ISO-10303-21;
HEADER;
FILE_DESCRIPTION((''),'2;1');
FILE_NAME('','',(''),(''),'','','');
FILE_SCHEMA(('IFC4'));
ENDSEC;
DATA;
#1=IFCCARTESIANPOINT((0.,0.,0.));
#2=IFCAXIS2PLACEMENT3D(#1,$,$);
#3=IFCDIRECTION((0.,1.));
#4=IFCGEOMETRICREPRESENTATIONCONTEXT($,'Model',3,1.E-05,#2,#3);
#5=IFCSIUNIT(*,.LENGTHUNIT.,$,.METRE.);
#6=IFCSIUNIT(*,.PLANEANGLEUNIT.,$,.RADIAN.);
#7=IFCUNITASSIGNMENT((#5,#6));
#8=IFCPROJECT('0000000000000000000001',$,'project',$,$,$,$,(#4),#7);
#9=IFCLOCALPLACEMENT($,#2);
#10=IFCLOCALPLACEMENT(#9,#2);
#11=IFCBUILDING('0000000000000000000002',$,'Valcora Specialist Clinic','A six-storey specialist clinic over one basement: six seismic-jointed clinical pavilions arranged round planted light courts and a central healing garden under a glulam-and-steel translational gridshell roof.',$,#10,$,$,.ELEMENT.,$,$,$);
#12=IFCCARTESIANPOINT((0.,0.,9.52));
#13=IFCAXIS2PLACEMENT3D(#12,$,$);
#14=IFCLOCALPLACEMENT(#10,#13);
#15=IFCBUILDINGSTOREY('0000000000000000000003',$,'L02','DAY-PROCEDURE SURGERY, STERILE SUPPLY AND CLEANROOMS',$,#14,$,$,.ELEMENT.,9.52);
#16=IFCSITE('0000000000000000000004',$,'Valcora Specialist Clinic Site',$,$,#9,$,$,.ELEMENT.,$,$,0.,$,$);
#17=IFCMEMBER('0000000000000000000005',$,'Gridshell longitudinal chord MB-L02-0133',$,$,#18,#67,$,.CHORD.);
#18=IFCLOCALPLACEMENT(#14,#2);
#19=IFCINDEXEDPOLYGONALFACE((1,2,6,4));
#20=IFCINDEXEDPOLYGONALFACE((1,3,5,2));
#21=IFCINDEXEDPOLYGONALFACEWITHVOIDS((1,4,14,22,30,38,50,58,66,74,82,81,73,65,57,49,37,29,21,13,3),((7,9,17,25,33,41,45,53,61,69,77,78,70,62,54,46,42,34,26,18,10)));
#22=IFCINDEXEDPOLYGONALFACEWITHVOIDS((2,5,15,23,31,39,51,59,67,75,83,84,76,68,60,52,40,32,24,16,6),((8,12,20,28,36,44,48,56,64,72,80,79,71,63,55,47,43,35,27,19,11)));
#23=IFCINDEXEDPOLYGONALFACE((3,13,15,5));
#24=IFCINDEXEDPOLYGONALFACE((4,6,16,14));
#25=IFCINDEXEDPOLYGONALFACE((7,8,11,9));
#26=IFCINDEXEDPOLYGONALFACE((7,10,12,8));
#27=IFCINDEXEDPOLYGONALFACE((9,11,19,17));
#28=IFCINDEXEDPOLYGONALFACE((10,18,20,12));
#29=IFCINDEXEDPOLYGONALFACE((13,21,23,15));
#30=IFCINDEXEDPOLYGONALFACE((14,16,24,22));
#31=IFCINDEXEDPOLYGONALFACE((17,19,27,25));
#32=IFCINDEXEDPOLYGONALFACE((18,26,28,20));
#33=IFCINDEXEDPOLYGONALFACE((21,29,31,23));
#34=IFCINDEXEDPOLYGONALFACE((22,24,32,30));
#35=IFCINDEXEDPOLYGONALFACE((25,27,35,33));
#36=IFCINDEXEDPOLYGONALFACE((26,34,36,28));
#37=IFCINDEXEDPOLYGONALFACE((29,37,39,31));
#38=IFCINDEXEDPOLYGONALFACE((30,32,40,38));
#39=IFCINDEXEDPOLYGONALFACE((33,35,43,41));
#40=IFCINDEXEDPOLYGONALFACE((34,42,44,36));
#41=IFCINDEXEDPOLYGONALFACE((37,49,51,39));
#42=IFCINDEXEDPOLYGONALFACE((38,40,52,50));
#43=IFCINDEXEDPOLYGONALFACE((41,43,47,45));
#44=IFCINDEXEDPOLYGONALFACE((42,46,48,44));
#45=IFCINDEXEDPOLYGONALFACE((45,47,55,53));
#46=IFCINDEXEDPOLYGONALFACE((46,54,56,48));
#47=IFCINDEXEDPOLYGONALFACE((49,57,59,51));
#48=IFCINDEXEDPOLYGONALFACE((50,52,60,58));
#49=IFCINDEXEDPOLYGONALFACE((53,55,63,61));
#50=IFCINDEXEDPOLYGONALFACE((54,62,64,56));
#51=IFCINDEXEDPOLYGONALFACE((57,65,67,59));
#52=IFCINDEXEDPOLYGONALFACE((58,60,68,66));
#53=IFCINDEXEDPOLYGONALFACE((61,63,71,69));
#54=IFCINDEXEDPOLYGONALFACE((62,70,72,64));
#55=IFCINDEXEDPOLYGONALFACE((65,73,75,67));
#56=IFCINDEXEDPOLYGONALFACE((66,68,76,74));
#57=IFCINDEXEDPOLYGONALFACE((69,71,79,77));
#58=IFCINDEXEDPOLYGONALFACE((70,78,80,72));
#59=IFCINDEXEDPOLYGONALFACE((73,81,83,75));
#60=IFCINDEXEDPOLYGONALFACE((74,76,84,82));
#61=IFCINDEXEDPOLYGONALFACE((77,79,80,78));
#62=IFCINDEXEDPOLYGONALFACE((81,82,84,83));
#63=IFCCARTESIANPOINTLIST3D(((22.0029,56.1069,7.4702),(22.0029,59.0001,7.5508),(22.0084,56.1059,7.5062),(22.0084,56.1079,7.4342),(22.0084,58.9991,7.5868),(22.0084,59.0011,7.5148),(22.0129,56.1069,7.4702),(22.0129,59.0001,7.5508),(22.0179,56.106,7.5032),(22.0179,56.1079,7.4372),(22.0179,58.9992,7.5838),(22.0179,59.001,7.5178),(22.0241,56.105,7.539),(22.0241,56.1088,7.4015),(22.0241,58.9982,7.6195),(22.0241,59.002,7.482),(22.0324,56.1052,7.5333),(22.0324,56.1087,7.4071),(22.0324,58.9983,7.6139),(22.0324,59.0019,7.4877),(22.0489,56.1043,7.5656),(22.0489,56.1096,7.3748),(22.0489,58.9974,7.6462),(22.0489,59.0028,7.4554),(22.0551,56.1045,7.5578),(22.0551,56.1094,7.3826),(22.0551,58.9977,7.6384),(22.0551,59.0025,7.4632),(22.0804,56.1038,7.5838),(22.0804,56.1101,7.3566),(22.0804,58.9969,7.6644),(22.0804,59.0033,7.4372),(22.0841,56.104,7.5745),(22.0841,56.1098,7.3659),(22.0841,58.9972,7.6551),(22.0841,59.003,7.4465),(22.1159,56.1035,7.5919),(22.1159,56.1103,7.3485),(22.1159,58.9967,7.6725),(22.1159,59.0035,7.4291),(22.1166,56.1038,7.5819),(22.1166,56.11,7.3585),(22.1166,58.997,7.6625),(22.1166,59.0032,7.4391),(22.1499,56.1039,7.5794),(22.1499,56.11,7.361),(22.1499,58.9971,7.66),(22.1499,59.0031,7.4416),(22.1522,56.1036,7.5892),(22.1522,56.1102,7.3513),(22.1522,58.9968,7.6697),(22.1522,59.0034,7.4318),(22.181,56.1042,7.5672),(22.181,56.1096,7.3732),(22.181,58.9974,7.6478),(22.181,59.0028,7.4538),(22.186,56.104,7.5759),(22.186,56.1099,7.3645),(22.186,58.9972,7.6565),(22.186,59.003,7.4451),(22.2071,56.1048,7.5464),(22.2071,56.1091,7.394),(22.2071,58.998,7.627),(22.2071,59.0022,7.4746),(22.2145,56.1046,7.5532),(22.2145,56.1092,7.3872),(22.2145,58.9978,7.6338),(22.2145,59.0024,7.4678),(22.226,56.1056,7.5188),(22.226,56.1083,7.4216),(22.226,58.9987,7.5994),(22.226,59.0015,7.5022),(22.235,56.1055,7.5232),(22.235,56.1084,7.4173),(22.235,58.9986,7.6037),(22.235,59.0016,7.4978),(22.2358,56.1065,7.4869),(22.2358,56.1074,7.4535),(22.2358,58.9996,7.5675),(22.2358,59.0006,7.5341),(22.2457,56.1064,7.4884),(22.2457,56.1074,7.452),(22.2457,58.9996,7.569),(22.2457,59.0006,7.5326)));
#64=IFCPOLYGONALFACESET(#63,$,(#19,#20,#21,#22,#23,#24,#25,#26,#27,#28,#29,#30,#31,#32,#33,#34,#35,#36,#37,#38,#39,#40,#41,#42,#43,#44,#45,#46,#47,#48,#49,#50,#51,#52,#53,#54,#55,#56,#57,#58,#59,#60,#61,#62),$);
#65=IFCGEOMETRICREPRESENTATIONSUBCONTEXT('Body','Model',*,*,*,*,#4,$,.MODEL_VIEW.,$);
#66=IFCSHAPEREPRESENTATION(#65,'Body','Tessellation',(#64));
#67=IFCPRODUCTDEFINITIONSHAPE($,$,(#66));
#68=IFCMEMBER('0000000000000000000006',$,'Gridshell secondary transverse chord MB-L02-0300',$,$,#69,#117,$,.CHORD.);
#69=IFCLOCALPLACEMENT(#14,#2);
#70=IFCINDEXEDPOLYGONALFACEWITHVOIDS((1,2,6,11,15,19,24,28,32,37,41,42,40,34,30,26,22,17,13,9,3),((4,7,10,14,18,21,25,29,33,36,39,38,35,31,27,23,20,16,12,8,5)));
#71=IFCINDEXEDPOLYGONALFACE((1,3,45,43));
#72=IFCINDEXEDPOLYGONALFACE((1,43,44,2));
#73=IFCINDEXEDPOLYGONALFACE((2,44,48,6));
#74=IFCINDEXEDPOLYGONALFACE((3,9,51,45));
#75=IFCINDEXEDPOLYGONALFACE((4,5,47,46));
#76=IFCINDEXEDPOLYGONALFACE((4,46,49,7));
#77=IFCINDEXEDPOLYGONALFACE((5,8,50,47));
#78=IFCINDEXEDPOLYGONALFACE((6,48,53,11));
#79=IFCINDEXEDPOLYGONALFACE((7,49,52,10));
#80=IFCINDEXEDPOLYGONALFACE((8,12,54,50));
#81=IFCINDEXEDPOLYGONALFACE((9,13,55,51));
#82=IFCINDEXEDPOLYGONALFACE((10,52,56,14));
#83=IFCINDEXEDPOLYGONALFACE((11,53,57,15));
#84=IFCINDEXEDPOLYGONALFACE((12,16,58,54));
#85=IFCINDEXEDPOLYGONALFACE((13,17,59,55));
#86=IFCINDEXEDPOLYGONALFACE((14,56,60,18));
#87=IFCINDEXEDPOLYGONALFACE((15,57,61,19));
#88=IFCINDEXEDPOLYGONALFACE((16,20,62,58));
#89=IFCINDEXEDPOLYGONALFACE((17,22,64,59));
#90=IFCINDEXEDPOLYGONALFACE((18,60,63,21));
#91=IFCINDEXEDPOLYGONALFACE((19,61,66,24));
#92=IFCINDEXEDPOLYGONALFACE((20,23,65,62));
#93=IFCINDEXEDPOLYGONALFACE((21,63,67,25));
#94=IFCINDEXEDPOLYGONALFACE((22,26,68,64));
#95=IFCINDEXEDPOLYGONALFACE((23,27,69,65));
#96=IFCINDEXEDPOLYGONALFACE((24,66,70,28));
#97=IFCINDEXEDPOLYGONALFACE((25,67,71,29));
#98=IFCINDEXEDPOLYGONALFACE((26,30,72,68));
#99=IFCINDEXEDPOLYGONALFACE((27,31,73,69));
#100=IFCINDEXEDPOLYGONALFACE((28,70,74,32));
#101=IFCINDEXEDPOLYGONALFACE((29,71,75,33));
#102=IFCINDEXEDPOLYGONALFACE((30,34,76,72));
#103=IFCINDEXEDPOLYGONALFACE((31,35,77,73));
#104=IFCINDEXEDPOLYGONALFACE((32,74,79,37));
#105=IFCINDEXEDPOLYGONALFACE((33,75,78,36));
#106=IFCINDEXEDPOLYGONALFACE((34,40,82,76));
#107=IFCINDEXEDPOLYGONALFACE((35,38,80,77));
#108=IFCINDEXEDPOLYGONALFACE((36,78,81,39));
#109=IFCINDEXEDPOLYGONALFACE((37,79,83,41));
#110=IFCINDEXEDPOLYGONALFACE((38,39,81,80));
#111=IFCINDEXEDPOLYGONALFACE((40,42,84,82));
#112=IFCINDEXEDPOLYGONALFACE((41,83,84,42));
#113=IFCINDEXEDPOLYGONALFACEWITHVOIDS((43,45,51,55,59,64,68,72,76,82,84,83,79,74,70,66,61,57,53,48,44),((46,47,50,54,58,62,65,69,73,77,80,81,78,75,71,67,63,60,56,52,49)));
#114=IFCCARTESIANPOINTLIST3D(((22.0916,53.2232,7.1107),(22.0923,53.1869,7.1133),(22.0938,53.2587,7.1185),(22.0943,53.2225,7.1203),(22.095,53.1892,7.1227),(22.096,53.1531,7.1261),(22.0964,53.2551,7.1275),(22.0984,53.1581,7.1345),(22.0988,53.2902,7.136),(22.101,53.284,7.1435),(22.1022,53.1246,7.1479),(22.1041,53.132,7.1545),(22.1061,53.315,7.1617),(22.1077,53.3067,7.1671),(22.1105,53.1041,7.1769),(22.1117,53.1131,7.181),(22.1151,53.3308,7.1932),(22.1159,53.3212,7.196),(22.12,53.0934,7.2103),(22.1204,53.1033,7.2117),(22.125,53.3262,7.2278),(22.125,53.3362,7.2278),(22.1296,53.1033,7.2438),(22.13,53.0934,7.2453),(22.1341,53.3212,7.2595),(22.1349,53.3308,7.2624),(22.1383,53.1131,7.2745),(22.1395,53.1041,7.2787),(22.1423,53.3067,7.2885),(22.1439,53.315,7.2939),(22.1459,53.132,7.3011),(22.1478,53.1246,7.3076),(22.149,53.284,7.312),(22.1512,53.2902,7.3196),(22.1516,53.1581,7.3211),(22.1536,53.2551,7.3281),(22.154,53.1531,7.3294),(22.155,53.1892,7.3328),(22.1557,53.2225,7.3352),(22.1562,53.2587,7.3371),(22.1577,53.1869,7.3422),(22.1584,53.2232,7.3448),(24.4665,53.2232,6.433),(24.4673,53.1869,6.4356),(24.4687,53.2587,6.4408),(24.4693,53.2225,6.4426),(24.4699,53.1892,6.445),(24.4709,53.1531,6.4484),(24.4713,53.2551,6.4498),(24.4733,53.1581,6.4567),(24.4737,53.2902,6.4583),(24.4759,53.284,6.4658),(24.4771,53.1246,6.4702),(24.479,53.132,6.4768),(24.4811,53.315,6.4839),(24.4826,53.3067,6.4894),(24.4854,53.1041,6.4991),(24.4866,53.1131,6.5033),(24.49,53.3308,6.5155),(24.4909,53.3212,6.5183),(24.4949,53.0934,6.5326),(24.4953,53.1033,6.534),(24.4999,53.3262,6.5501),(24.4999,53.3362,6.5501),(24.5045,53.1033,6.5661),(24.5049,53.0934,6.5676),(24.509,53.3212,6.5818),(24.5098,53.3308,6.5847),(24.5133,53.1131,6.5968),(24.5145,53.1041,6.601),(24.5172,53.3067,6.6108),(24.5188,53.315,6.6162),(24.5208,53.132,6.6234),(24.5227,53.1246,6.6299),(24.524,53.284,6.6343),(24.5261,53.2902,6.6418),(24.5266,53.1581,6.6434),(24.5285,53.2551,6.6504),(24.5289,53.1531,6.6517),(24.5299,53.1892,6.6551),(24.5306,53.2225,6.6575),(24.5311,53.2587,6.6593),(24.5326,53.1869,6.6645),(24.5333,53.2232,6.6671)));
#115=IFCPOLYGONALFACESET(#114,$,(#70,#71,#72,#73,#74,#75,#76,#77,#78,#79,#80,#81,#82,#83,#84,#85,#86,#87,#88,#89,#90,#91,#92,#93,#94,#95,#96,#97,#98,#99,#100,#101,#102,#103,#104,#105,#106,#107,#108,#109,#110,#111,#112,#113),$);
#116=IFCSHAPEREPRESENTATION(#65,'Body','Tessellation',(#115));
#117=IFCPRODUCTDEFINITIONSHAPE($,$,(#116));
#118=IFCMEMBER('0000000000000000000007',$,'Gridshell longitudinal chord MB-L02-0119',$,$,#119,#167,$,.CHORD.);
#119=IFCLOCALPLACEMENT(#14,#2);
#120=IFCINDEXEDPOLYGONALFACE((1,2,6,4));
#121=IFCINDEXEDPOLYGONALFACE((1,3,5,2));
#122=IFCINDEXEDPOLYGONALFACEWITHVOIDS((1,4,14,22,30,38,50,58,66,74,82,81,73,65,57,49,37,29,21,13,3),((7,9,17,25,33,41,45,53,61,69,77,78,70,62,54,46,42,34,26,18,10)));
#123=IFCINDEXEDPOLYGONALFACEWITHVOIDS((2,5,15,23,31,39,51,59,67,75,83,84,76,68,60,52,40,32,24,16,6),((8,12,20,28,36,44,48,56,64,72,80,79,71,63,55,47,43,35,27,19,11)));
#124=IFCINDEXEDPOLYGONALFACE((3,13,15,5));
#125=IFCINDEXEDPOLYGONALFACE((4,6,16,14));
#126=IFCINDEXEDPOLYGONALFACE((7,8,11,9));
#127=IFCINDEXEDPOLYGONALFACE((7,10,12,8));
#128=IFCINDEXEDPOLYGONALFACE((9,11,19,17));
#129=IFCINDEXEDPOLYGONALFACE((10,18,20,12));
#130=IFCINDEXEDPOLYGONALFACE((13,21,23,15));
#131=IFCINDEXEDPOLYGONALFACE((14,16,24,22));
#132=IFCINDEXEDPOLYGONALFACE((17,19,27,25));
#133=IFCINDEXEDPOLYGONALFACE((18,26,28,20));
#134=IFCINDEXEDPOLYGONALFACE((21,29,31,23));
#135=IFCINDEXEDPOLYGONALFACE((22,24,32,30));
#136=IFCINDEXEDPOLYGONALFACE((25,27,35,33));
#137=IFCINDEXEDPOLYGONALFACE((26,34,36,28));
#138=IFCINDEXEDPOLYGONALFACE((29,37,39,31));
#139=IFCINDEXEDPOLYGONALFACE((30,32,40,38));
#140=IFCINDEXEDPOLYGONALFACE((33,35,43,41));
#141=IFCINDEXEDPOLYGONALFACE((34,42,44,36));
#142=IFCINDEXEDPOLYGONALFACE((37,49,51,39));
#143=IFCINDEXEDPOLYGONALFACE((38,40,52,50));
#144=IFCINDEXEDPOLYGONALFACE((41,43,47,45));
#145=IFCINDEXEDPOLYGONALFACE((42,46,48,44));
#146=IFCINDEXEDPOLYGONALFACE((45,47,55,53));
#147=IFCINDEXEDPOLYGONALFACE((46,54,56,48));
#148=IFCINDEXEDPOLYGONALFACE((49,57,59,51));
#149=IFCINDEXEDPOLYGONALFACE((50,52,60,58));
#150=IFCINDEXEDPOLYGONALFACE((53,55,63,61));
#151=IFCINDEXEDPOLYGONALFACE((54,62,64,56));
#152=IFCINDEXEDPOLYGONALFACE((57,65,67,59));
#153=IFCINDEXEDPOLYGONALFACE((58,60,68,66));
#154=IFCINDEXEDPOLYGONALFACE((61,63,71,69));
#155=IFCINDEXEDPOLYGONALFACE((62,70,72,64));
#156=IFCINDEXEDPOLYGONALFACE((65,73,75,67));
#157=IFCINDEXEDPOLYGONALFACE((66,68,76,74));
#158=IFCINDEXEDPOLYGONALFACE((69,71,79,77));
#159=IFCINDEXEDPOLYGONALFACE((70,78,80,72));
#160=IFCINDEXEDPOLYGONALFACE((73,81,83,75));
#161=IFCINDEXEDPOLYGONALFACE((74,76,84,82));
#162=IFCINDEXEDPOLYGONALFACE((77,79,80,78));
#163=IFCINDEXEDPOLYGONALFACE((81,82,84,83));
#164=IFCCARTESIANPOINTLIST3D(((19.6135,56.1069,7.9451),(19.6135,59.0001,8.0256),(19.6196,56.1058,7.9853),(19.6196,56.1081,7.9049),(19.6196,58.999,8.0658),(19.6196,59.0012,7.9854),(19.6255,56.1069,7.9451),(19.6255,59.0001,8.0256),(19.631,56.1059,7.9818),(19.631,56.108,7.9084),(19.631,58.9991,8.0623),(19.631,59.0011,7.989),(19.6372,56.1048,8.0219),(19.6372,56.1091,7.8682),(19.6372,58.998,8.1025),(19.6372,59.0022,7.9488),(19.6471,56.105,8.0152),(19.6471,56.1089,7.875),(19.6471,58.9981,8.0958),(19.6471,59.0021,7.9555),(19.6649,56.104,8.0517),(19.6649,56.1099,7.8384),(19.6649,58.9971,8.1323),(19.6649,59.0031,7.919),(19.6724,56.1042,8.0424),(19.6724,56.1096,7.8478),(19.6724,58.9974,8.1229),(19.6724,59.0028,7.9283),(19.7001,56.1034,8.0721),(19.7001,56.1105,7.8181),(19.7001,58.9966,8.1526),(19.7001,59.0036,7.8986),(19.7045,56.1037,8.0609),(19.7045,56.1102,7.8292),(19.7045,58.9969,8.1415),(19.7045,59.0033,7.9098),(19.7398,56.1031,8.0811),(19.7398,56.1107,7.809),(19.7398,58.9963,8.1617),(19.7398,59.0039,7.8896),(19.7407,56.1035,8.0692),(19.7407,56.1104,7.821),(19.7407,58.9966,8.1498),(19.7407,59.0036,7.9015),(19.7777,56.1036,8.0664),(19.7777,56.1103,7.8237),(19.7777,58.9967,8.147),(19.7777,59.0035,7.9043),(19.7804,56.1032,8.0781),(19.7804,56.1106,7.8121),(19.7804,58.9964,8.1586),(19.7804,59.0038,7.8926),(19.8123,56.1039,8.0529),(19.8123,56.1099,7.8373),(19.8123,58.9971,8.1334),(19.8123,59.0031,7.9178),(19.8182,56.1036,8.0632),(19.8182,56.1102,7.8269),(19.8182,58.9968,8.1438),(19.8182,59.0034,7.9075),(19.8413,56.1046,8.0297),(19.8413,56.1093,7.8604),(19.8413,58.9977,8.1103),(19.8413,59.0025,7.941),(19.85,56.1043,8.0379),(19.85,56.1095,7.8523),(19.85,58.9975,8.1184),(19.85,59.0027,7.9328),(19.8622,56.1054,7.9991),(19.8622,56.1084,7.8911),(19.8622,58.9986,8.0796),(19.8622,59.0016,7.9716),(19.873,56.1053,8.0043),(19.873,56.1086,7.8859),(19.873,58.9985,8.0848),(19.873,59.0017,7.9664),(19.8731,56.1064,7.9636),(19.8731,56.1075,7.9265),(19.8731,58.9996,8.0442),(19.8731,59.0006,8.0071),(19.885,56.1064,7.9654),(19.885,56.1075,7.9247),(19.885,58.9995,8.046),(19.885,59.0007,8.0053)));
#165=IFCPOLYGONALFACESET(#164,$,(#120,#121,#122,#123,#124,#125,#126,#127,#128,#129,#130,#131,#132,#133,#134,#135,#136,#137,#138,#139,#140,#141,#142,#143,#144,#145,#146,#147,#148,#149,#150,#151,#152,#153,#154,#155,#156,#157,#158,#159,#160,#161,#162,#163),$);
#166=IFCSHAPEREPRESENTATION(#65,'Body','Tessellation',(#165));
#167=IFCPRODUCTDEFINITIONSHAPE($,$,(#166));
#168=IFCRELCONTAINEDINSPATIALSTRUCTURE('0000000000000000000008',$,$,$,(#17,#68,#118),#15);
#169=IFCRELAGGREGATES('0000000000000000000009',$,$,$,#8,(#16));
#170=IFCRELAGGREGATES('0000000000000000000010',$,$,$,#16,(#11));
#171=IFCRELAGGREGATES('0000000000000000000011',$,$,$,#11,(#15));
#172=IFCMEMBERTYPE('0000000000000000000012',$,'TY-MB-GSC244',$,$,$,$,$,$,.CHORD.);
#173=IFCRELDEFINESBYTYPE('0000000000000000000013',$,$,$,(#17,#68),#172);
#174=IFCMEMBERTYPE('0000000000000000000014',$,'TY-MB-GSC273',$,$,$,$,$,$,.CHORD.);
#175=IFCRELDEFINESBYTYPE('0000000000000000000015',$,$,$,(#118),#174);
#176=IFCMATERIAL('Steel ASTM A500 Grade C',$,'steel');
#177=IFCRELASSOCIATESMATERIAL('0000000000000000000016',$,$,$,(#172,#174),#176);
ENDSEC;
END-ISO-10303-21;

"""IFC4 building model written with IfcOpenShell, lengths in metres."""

from ifc_helpers import new_model, si_unit, direction, frame, origin, origin_2d, place, context, subcontext, project, spatial, hollow_circle, extrude, material, material_profile, profile_set, type_object, element, save


model = new_model("IFC4")

# Units and contexts
model_context = context("Model", 3, precision=1e-05, world=origin(), true_north=direction((0.0, 1.0)))
body_context = subcontext(model_context, "Body", "Model", "MODEL_VIEW")
ifc_project = project(units=[si_unit("LENGTHUNIT", "METRE"), si_unit("PLANEANGLEUNIT", "RADIAN")], contexts=[model_context])

# Site, building, storey
site_placement = place(None, origin())
site = spatial("IfcSite", under=ifc_project, at=site_placement, Name="Valcora Specialist Clinic Site", CompositionType="ELEMENT", RefElevation=0.0)
building_placement = place(site_placement, origin())
building = spatial("IfcBuilding", under=site, at=building_placement, Name="Valcora Specialist Clinic", Description="A six-storey specialist clinic over one basement: six seismic-jointed clinical pavilions arranged round planted light courts and a central healing garden under a glulam-and-steel translational gridshell roof.", CompositionType="ELEMENT")
storey_placement = place(building_placement, frame((0.0, 0.0, 9.52)))
storey = spatial("IfcBuildingStorey", under=building, at=storey_placement, Name="L02", Description="DAY-PROCEDURE SURGERY, STERILE SUPPLY AND CLEANROOMS", CompositionType="ELEMENT", Elevation=9.52)

# Members
ifc_material_1 = material(Name="Steel ASTM A500 Grade C", Category="steel")
ifc_material_profile_1 = material_profile(ifc_material_1, hollow_circle(Radius=0.1221, WallThickness=0.01, at=origin_2d()), Name="ST-CHS-244X10")
ifc_profile_set_1 = profile_set([ifc_material_profile_1], Name="Steel ASTM A500 Grade C")
member_type_1 = type_object("IfcMemberType", Name="TY-MB-GSC244", PredefinedType="CHORD", material=ifc_profile_set_1)
member_1_placement = place(storey_placement, frame((22.125, 56.1069, 7.4702), z_axis=(0.0, 0.999612, 0.027837), x_axis=(-1.0, 0.0, 0.0)))
element("IfcMember", 1, at=member_1_placement, inside=storey, type_object=member_type_1, Name="Gridshell longitudinal chord MB-L02-0133", PredefinedType="CHORD", context=body_context, shape_type="SweptSolid", body=[
    extrude(hollow_circle(Radius=0.1221, WallThickness=0.01, at=origin_2d()), origin(), (0.0, 0.0, 1.0), 2.8943),
])
member_2_placement = place(storey_placement, frame((22.125, 53.2141, 7.2278), z_axis=(0.961613, 0.0, -0.274408), x_axis=(0.0, 1.0, 0.0)))
element("IfcMember", 2, at=member_2_placement, inside=storey, type_object=member_type_1, Name="Gridshell secondary transverse chord MB-L02-0300", PredefinedType="CHORD", context=body_context, shape_type="SweptSolid", body=[
    extrude(hollow_circle(Radius=0.1221, WallThickness=0.01, at=origin_2d()), origin(), (0.0, 0.0, 1.0), 2.4697),
])
ifc_material_profile_2 = material_profile(ifc_material_1, hollow_circle(Radius=0.1365, WallThickness=0.012, at=origin_2d()), Name="ST-CHS-273X12")
ifc_profile_set_2 = profile_set([ifc_material_profile_2], Name="Steel ASTM A500 Grade C")
member_type_2 = type_object("IfcMemberType", Name="TY-MB-GSC273", PredefinedType="CHORD", material=ifc_profile_set_2)
member_3_placement = place(storey_placement, frame((19.75, 56.1069, 7.9451), z_axis=(0.0, 0.999612, 0.027837), x_axis=(-1.0, 0.0, 0.0)))
element("IfcMember", 3, at=member_3_placement, inside=storey, type_object=member_type_2, Name="Gridshell longitudinal chord MB-L02-0119", PredefinedType="CHORD", context=body_context, shape_type="SweptSolid", body=[
    extrude(hollow_circle(Radius=0.1365, WallThickness=0.012, at=origin_2d()), origin(), (0.0, 0.0, 1.0), 2.8943),
])

save(model, "model.ifc")
